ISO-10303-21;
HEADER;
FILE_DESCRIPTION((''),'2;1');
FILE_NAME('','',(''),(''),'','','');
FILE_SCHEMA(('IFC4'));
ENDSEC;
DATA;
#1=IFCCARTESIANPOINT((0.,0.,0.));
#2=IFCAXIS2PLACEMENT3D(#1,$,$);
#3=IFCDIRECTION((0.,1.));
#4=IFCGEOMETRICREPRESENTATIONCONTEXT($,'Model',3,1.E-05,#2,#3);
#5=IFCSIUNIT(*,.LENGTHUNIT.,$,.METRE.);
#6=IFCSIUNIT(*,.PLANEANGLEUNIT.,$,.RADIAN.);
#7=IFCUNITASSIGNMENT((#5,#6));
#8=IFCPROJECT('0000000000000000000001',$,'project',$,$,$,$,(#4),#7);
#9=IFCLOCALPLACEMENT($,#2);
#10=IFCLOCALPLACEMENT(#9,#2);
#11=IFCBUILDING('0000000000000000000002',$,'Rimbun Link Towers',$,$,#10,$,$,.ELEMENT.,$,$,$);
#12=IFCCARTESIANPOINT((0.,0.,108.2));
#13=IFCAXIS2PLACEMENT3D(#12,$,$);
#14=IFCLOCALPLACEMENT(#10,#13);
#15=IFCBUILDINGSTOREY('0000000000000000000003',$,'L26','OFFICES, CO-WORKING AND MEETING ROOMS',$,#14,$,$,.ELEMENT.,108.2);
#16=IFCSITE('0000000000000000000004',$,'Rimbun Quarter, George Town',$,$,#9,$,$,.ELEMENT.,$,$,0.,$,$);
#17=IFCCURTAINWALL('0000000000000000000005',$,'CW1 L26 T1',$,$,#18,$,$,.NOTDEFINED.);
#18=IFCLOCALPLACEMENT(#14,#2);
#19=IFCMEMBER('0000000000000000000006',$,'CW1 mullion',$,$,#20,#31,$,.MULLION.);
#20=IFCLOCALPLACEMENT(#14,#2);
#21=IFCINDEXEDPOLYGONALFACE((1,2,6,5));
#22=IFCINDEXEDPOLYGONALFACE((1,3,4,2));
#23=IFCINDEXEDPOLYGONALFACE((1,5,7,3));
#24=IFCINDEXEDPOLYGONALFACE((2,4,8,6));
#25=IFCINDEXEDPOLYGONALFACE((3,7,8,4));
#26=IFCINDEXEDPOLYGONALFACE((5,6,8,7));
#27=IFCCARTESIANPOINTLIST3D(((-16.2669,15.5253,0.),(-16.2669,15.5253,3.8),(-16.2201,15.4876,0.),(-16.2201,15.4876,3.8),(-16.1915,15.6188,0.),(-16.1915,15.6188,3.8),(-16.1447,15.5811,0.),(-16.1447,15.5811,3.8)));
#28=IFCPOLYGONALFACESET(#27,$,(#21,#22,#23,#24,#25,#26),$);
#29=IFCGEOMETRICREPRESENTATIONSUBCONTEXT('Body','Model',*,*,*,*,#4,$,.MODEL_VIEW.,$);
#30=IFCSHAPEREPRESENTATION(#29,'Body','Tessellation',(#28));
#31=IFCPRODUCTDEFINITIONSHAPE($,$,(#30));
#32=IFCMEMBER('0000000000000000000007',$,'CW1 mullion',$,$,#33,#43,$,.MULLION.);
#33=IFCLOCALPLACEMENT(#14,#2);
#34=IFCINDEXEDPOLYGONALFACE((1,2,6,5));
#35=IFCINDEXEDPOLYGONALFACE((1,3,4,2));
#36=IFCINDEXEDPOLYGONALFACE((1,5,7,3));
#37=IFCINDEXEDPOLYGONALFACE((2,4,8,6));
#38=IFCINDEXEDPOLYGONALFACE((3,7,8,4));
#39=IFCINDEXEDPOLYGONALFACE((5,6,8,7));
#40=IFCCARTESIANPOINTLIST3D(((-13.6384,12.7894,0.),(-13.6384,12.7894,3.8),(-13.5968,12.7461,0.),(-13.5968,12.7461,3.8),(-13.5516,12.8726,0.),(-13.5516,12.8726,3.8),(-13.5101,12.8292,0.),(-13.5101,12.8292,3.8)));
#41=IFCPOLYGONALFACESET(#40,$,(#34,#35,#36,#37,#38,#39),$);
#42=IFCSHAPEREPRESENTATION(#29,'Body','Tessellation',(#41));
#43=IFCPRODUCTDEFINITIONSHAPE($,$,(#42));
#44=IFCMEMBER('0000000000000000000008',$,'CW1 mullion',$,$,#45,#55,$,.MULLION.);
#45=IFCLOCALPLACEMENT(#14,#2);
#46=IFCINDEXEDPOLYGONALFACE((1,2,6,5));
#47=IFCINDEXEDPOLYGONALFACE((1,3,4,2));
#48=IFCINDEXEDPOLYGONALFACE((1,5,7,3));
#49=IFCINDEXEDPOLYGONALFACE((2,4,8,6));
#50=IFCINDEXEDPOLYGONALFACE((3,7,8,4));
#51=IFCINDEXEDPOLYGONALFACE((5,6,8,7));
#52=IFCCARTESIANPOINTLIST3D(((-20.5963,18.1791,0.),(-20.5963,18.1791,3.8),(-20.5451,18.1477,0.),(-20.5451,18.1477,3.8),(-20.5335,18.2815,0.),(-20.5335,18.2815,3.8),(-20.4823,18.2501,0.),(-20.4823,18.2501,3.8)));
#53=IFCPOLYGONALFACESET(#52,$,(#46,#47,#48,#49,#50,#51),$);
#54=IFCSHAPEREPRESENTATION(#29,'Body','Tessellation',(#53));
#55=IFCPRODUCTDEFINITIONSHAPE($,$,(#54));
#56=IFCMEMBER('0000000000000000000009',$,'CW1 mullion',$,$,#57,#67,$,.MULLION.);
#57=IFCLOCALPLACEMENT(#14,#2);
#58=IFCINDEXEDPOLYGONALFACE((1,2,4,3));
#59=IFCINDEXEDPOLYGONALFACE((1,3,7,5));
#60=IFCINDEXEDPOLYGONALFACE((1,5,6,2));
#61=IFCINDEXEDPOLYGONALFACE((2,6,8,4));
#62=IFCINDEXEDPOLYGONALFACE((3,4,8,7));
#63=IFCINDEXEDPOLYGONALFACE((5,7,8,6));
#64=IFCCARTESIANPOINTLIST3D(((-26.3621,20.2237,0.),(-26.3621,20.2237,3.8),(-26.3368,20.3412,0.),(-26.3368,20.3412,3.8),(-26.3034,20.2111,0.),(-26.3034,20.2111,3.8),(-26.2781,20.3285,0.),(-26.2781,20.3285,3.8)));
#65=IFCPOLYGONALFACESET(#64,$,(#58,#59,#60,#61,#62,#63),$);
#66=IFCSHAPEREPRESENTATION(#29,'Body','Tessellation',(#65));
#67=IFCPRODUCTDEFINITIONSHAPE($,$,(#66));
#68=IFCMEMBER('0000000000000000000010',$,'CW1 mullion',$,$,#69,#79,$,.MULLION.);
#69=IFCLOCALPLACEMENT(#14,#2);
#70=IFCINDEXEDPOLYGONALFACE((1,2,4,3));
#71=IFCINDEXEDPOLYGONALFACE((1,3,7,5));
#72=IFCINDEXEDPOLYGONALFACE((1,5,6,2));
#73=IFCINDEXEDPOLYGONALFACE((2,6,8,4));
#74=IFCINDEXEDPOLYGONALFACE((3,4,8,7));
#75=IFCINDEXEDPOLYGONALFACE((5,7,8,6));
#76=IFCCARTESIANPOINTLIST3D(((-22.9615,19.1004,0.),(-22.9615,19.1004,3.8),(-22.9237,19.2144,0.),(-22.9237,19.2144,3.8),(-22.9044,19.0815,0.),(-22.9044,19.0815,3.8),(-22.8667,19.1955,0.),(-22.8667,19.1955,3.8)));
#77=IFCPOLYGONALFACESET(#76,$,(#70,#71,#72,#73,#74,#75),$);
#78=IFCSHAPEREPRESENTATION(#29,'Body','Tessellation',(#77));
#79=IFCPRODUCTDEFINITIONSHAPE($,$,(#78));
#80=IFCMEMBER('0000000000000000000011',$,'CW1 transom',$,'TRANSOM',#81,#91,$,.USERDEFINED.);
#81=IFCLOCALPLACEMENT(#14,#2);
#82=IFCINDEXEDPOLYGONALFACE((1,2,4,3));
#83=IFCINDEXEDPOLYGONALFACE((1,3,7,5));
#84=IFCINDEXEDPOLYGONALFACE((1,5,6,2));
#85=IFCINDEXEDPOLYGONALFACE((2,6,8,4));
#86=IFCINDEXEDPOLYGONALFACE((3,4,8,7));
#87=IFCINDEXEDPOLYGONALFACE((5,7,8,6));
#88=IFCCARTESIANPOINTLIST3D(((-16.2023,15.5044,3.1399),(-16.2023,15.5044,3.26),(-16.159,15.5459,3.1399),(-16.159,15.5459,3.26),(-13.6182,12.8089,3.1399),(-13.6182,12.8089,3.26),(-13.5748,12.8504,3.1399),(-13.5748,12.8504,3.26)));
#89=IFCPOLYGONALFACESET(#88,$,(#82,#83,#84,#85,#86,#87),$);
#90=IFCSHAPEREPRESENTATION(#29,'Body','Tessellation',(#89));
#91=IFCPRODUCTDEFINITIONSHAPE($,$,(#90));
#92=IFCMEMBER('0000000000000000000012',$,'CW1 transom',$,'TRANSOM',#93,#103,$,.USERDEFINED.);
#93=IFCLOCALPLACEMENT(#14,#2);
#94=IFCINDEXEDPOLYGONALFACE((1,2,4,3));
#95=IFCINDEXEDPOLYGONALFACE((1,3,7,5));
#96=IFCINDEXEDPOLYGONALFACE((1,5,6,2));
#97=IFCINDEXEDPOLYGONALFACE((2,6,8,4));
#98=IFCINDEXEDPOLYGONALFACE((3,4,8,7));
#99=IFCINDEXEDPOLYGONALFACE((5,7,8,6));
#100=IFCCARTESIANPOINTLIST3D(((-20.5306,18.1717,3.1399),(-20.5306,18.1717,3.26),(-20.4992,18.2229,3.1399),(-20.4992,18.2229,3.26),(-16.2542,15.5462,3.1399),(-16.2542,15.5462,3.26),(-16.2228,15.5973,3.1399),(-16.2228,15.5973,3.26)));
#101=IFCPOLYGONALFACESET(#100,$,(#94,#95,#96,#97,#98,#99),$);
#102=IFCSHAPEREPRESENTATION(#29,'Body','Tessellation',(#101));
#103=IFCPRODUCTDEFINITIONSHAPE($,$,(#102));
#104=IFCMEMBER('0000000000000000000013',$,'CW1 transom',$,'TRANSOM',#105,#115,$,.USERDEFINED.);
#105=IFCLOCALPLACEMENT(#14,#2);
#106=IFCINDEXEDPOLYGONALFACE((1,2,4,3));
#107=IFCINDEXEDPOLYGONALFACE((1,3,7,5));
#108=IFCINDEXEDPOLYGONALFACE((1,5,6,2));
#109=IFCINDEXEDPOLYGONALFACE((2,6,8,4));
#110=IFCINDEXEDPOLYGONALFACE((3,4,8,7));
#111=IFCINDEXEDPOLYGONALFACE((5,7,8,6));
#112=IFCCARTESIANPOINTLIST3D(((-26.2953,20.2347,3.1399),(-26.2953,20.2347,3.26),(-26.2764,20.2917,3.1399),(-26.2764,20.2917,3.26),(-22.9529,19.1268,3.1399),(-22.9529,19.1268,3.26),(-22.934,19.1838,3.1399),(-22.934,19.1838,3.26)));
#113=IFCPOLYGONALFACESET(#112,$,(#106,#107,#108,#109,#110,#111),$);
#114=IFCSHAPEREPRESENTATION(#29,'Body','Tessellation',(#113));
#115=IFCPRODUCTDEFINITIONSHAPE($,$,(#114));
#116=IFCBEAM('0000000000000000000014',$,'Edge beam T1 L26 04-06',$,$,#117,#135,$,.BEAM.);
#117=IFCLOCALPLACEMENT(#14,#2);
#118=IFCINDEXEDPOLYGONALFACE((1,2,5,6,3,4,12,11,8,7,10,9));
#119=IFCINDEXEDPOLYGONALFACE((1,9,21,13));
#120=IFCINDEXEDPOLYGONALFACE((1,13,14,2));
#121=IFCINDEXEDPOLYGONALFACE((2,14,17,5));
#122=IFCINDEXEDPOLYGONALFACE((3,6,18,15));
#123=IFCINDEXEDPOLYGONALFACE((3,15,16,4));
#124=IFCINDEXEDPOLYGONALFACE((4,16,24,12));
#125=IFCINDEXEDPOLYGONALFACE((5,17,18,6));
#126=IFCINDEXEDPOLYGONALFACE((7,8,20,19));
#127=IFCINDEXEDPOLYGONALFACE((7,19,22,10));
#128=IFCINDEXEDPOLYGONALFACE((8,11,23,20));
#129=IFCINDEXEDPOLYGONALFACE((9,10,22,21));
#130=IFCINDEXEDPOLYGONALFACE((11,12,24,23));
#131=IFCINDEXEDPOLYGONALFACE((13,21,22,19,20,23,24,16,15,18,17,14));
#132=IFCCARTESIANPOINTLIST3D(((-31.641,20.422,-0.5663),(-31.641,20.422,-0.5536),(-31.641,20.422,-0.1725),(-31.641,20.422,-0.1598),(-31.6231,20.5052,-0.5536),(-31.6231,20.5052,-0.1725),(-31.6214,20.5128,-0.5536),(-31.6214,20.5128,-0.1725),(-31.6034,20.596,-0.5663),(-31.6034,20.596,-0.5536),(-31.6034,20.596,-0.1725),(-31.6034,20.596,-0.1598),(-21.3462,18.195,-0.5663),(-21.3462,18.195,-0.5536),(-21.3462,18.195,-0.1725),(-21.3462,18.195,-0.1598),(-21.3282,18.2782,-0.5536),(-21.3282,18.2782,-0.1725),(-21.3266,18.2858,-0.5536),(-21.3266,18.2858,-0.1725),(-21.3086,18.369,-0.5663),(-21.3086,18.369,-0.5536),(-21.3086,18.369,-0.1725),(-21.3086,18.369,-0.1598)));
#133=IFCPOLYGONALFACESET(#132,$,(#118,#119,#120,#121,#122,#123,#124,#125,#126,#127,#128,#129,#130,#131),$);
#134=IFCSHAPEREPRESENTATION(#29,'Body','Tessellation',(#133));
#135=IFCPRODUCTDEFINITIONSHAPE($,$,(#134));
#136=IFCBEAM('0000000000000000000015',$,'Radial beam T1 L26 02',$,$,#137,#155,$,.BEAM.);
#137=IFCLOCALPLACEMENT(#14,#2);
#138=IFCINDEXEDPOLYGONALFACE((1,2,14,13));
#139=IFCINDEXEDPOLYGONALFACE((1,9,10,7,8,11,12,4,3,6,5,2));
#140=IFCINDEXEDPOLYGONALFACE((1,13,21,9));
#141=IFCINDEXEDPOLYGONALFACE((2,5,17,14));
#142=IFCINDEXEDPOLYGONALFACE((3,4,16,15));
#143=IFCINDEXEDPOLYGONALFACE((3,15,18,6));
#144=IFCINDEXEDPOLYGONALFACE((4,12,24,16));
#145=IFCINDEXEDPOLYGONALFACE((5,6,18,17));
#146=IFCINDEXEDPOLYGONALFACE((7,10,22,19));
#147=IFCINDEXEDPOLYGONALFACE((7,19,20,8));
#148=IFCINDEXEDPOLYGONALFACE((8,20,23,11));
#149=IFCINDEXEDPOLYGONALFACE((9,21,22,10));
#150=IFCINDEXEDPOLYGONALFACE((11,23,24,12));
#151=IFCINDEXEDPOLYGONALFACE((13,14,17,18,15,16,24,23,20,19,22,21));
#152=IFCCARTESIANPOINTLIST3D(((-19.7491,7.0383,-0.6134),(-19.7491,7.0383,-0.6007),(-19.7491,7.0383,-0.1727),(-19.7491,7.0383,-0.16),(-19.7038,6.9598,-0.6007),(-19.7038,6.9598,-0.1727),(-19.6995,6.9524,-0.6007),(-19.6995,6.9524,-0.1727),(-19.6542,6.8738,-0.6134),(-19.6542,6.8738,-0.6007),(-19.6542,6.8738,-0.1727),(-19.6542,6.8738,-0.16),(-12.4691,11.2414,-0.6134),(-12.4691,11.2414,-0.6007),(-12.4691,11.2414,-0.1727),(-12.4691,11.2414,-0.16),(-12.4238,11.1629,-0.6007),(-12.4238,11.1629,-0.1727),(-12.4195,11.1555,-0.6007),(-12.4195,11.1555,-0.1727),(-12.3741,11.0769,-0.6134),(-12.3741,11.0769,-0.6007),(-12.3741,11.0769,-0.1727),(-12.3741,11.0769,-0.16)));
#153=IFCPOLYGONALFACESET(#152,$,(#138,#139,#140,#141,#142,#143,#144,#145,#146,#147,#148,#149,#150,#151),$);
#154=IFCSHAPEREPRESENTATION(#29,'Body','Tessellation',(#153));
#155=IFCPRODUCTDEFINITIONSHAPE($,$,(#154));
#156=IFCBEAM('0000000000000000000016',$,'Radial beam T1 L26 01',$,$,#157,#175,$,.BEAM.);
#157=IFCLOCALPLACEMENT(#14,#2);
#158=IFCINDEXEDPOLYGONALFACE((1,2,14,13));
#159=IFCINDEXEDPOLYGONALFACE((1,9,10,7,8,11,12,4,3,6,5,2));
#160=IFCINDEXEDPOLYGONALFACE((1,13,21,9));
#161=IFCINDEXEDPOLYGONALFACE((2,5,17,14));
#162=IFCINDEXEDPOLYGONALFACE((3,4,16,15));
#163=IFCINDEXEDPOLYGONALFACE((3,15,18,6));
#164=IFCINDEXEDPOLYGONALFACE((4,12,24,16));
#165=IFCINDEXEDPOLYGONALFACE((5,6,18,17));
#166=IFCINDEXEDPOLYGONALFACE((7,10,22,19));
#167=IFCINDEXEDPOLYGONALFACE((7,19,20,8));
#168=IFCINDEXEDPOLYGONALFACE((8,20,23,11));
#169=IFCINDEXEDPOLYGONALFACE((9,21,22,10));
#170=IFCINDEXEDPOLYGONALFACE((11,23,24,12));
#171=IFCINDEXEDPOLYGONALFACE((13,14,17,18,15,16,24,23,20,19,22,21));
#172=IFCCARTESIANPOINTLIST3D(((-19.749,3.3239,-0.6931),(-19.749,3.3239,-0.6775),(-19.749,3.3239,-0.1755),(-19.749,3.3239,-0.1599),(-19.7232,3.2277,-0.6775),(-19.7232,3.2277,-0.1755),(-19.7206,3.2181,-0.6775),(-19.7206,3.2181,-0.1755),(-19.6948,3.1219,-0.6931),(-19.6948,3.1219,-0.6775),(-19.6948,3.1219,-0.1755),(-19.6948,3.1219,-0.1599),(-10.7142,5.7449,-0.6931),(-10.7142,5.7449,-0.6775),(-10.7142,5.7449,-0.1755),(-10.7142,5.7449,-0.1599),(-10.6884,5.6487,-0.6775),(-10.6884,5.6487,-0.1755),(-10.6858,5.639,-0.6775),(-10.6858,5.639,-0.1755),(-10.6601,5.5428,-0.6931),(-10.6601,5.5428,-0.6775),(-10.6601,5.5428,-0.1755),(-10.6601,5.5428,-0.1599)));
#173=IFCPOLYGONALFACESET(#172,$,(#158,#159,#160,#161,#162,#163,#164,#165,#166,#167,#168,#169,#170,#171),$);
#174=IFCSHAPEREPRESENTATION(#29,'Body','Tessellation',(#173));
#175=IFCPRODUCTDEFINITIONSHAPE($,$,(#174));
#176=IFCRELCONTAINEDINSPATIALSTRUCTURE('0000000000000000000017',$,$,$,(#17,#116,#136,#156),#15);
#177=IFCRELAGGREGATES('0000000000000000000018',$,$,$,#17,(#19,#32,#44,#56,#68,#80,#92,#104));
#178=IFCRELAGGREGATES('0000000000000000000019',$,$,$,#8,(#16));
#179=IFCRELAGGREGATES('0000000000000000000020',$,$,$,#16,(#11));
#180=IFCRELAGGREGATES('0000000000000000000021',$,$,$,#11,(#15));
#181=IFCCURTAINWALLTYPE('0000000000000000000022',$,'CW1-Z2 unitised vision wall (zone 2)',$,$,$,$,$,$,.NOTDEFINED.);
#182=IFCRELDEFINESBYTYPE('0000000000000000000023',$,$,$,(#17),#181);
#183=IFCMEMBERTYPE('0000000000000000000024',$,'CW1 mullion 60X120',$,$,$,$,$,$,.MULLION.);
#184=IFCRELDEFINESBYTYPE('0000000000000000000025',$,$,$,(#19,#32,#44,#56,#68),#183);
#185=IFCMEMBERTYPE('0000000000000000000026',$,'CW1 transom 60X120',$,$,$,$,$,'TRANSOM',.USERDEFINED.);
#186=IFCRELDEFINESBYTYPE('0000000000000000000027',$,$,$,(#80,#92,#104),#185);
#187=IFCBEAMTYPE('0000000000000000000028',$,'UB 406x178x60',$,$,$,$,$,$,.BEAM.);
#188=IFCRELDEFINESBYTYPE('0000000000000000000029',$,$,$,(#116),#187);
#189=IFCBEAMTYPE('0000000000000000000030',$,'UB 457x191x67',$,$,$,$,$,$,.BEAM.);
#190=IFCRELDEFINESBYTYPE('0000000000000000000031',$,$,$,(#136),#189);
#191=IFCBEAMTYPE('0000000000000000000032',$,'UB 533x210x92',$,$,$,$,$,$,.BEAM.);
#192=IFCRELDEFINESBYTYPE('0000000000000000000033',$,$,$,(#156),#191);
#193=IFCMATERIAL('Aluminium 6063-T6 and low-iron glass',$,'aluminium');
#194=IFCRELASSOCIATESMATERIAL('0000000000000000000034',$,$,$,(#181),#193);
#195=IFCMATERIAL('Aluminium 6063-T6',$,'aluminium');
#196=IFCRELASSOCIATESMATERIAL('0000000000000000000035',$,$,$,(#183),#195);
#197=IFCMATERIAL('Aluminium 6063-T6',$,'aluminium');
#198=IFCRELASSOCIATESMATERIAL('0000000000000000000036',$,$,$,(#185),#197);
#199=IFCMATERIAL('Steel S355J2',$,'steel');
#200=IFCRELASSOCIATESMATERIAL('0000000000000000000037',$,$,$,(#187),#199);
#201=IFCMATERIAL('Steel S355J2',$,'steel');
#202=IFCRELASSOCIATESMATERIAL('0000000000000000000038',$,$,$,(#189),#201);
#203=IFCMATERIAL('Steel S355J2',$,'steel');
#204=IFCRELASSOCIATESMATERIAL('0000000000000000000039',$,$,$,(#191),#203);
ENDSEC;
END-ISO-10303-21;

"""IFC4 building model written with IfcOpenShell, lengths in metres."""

from ifc_helpers import new_model, si_unit, direction, frame, origin, origin_2d, place, context, subcontext, project, spatial, rectangle, i_section, extrude, material, material_profile, profile_set, type_object, element, aggregate, save


model = new_model("IFC4")

# Units and contexts
model_context = context("Model", 3, precision=1e-05, world=origin(), true_north=direction((0.0, 1.0)))
body_context = subcontext(model_context, "Body", "Model", "MODEL_VIEW")
ifc_project = project(units=[si_unit("LENGTHUNIT", "METRE"), si_unit("PLANEANGLEUNIT", "RADIAN")], contexts=[model_context])

# Site, building, storey
site_placement = place(None, origin())
site = spatial("IfcSite", under=ifc_project, at=site_placement, Name="Rimbun Quarter, George Town", CompositionType="ELEMENT", RefElevation=0.0)
building_placement = place(site_placement, origin())
building = spatial("IfcBuilding", under=site, at=building_placement, Name="Rimbun Link Towers", CompositionType="ELEMENT")
storey_placement = place(building_placement, frame((0.0, 0.0, 108.2)))
storey = spatial("IfcBuildingStorey", under=building, at=storey_placement, Name="L26", Description="OFFICES, CO-WORKING AND MEETING ROOMS", CompositionType="ELEMENT", Elevation=108.2)

# Curtain wall, members
ifc_material_1 = material(Name="Aluminium 6063-T6 and low-iron glass", Category="aluminium")
curtain_wall_type = type_object("IfcCurtainWallType", Name="CW1-Z2 unitised vision wall (zone 2)", PredefinedType="NOTDEFINED", material=ifc_material_1)
curtain_wall_placement = place(storey_placement, origin())
curtain_wall = element("IfcCurtainWall", 1, at=curtain_wall_placement, inside=storey, type_object=curtain_wall_type, Name="CW1 L26 T1", PredefinedType="NOTDEFINED")
ifc_material_2 = material(Name="Aluminium 6063-T6", Category="aluminium")
ifc_material_profile_1 = material_profile(ifc_material_2, rectangle(XDim=0.1201, YDim=0.0601, at=origin_2d()), Name="MULLION 60X120")
ifc_profile_set_1 = profile_set([ifc_material_profile_1], Name="Aluminium 6063-T6")
member_type_1 = type_object("IfcMemberType", Name="CW1 mullion 60X120", PredefinedType="MULLION", material=ifc_profile_set_1)
member_1_placement = place(storey_placement, frame((-16.2058, 15.5532, 0.0), z_axis=(0.0, 0.0, 1.0), x_axis=(0.62767, 0.778479, 0.0)))
member_1 = element("IfcMember", 2, at=member_1_placement, type_object=member_type_1, Name="CW1 mullion", PredefinedType="MULLION", context=body_context, shape_type="SweptSolid", body=[
    extrude(rectangle(XDim=0.1201, YDim=0.0601, at=origin_2d()), origin(), (0.0, 0.0, 1.0), 3.8),
])
member_2_placement = place(storey_placement, frame((-13.5742, 12.8093, 0.0), z_axis=(0.0, 0.0, 1.0), x_axis=(0.721845, 0.692055, 0.0)))
member_2 = element("IfcMember", 3, at=member_2_placement, type_object=member_type_1, Name="CW1 mullion", PredefinedType="MULLION", context=body_context, shape_type="SweptSolid", body=[
    extrude(rectangle(XDim=0.1201, YDim=0.0601, at=origin_2d()), origin(), (0.0, 0.0, 1.0), 3.8),
])
member_3_placement = place(storey_placement, frame((-20.5393, 18.2146, 0.0), z_axis=(0.0, 0.0, 1.0), x_axis=(0.523241, 0.852185, 0.0)))
member_3 = element("IfcMember", 4, at=member_3_placement, type_object=member_type_1, Name="CW1 mullion", PredefinedType="MULLION", context=body_context, shape_type="SweptSolid", body=[
    extrude(rectangle(XDim=0.1201, YDim=0.0601, at=origin_2d()), origin(), (0.0, 0.0, 1.0), 3.8),
])
member_4_placement = place(storey_placement, frame((-26.3201, 20.2761, 0.0), z_axis=(0.0, 0.0, 1.0), x_axis=(0.210865, 0.977515, 0.0)))
member_4 = element("IfcMember", 5, at=member_4_placement, type_object=member_type_1, Name="CW1 mullion", PredefinedType="MULLION", context=body_context, shape_type="SweptSolid", body=[
    extrude(rectangle(XDim=0.1201, YDim=0.0601, at=origin_2d()), origin(), (0.0, 0.0, 1.0), 3.8),
])
member_5_placement = place(storey_placement, frame((-22.9141, 19.1479, 0.0), z_axis=(0.0, 0.0, 1.0), x_axis=(0.314562, 0.949237, 0.0)))
member_5 = element("IfcMember", 6, at=member_5_placement, type_object=member_type_1, Name="CW1 mullion", PredefinedType="MULLION", context=body_context, shape_type="SweptSolid", body=[
    extrude(rectangle(XDim=0.1201, YDim=0.0601, at=origin_2d()), origin(), (0.0, 0.0, 1.0), 3.8),
])
ifc_material_3 = material(Name="Aluminium 6063-T6", Category="aluminium")
ifc_material_profile_2 = material_profile(ifc_material_3, rectangle(XDim=0.0601, YDim=0.1201, at=origin_2d()), Name="TRANSOM 60X120")
ifc_profile_set_2 = profile_set([ifc_material_profile_2], Name="Aluminium 6063-T6")
member_type_2 = type_object("IfcMemberType", Name="CW1 transom 60X120", ElementType="TRANSOM", PredefinedType="USERDEFINED", material=ifc_profile_set_2)
member_6_placement = place(storey_placement, frame((-16.1807, 15.5251, 3.2), z_axis=(0.692043, -0.721856, 0.0), x_axis=(0.721856, 0.692043, 0.0)))
member_6 = element("IfcMember", 7, at=member_6_placement, type_object=member_type_2, Name="CW1 transom", ObjectType="TRANSOM", PredefinedType="USERDEFINED", context=body_context, shape_type="SweptSolid", body=[
    extrude(rectangle(XDim=0.0601, YDim=0.1201, at=origin_2d()), origin(), (0.0, 0.0, 1.0), 3.7341),
])
member_7_placement = place(storey_placement, frame((-20.5149, 18.1973, 3.2), z_axis=(0.852202, -0.523212, 0.0), x_axis=(0.523212, 0.852202, 0.0)))
member_7 = element("IfcMember", 8, at=member_7_placement, type_object=member_type_2, Name="CW1 transom", ObjectType="TRANSOM", PredefinedType="USERDEFINED", context=body_context, shape_type="SweptSolid", body=[
    extrude(rectangle(XDim=0.0601, YDim=0.1201, at=origin_2d()), origin(), (0.0, 0.0, 1.0), 5.0181),
])
member_8_placement = place(storey_placement, frame((-26.2859, 20.2632, 3.2), z_axis=(0.949216, -0.314626, 0.0), x_axis=(0.314626, 0.949216, 0.0)))
member_8 = element("IfcMember", 9, at=member_8_placement, type_object=member_type_2, Name="CW1 transom", ObjectType="TRANSOM", PredefinedType="USERDEFINED", context=body_context, shape_type="SweptSolid", body=[
    extrude(rectangle(XDim=0.0601, YDim=0.1201, at=origin_2d()), origin(), (0.0, 0.0, 1.0), 3.5212),
])

# Beams
ifc_material_4 = material(Name="Steel S355J2", Category="steel")
ifc_material_profile_3 = material_profile(ifc_material_4, i_section(OverallWidth=0.178, OverallDepth=0.4065, WebThickness=0.0078, FlangeThickness=0.0127, at=origin_2d()), Name="UB 406x178x60")
ifc_profile_set_3 = profile_set([ifc_material_profile_3], Name="Steel S355J2")
beam_type_1 = type_object("IfcBeamType", Name="UB 406x178x60", PredefinedType="BEAM", material=ifc_profile_set_3)
beam_1_placement = place(storey_placement, frame((-21.3274, 18.282, -0.363), z_axis=(-0.977392, 0.211435, 0.0), x_axis=(-0.211435, -0.977392, 0.0)))
element("IfcBeam", 10, at=beam_1_placement, inside=storey, type_object=beam_type_1, Name="Edge beam T1 L26 04-06", PredefinedType="BEAM", context=body_context, shape_type="SweptSolid", body=[
    extrude(i_section(OverallWidth=0.178, OverallDepth=0.4065, WebThickness=0.0078, FlangeThickness=0.0127, at=origin_2d()), origin(), (0.0, 0.0, 1.0), 10.533),
])
ifc_material_5 = material(Name="Steel S355J2", Category="steel")
ifc_material_profile_4 = material_profile(ifc_material_5, i_section(OverallWidth=0.1899, OverallDepth=0.4534, WebThickness=0.0085, FlangeThickness=0.0127, at=origin_2d()), Name="UB 457x191x67")
ifc_profile_set_4 = profile_set([ifc_material_profile_4], Name="Steel S355J2")
beam_type_2 = type_object("IfcBeamType", Name="UB 457x191x67", PredefinedType="BEAM", material=ifc_profile_set_4)
beam_2_placement = place(storey_placement, frame((-19.7017, 6.9561, -0.3867), z_axis=(0.866026, 0.5, 0.0), x_axis=(-0.5, 0.866026, 0.0)))
element("IfcBeam", 11, at=beam_2_placement, inside=storey, type_object=beam_type_2, Name="Radial beam T1 L26 02", PredefinedType="BEAM", context=body_context, shape_type="SweptSolid", body=[
    extrude(i_section(OverallWidth=0.1899, OverallDepth=0.4534, WebThickness=0.0085, FlangeThickness=0.0127, at=origin_2d()), origin(), (0.0, 0.0, 1.0), 8.4062),
])
ifc_material_6 = material(Name="Steel S355J2", Category="steel")
ifc_material_profile_5 = material_profile(ifc_material_6, i_section(OverallWidth=0.2092, OverallDepth=0.5332, WebThickness=0.01, FlangeThickness=0.0156, at=origin_2d()), Name="UB 533x210x92")
ifc_profile_set_5 = profile_set([ifc_material_profile_5], Name="Steel S355J2")
beam_type_3 = type_object("IfcBeamType", Name="UB 533x210x92", PredefinedType="BEAM", material=ifc_profile_set_5)
beam_3_placement = place(storey_placement, frame((-19.7219, 3.2229, -0.4265), z_axis=(0.965924, 0.258826, 0.0), x_axis=(-0.258826, 0.965924, 0.0)))
element("IfcBeam", 12, at=beam_3_placement, inside=storey, type_object=beam_type_3, Name="Radial beam T1 L26 01", PredefinedType="BEAM", context=body_context, shape_type="SweptSolid", body=[
    extrude(i_section(OverallWidth=0.2092, OverallDepth=0.5332, WebThickness=0.01, FlangeThickness=0.0156, at=origin_2d()), origin(), (0.0, 0.0, 1.0), 9.3535),
])

aggregate(curtain_wall, [member_1, member_2, member_3, member_4, member_5, member_6, member_7, member_8])

save(model, "model.ifc")
